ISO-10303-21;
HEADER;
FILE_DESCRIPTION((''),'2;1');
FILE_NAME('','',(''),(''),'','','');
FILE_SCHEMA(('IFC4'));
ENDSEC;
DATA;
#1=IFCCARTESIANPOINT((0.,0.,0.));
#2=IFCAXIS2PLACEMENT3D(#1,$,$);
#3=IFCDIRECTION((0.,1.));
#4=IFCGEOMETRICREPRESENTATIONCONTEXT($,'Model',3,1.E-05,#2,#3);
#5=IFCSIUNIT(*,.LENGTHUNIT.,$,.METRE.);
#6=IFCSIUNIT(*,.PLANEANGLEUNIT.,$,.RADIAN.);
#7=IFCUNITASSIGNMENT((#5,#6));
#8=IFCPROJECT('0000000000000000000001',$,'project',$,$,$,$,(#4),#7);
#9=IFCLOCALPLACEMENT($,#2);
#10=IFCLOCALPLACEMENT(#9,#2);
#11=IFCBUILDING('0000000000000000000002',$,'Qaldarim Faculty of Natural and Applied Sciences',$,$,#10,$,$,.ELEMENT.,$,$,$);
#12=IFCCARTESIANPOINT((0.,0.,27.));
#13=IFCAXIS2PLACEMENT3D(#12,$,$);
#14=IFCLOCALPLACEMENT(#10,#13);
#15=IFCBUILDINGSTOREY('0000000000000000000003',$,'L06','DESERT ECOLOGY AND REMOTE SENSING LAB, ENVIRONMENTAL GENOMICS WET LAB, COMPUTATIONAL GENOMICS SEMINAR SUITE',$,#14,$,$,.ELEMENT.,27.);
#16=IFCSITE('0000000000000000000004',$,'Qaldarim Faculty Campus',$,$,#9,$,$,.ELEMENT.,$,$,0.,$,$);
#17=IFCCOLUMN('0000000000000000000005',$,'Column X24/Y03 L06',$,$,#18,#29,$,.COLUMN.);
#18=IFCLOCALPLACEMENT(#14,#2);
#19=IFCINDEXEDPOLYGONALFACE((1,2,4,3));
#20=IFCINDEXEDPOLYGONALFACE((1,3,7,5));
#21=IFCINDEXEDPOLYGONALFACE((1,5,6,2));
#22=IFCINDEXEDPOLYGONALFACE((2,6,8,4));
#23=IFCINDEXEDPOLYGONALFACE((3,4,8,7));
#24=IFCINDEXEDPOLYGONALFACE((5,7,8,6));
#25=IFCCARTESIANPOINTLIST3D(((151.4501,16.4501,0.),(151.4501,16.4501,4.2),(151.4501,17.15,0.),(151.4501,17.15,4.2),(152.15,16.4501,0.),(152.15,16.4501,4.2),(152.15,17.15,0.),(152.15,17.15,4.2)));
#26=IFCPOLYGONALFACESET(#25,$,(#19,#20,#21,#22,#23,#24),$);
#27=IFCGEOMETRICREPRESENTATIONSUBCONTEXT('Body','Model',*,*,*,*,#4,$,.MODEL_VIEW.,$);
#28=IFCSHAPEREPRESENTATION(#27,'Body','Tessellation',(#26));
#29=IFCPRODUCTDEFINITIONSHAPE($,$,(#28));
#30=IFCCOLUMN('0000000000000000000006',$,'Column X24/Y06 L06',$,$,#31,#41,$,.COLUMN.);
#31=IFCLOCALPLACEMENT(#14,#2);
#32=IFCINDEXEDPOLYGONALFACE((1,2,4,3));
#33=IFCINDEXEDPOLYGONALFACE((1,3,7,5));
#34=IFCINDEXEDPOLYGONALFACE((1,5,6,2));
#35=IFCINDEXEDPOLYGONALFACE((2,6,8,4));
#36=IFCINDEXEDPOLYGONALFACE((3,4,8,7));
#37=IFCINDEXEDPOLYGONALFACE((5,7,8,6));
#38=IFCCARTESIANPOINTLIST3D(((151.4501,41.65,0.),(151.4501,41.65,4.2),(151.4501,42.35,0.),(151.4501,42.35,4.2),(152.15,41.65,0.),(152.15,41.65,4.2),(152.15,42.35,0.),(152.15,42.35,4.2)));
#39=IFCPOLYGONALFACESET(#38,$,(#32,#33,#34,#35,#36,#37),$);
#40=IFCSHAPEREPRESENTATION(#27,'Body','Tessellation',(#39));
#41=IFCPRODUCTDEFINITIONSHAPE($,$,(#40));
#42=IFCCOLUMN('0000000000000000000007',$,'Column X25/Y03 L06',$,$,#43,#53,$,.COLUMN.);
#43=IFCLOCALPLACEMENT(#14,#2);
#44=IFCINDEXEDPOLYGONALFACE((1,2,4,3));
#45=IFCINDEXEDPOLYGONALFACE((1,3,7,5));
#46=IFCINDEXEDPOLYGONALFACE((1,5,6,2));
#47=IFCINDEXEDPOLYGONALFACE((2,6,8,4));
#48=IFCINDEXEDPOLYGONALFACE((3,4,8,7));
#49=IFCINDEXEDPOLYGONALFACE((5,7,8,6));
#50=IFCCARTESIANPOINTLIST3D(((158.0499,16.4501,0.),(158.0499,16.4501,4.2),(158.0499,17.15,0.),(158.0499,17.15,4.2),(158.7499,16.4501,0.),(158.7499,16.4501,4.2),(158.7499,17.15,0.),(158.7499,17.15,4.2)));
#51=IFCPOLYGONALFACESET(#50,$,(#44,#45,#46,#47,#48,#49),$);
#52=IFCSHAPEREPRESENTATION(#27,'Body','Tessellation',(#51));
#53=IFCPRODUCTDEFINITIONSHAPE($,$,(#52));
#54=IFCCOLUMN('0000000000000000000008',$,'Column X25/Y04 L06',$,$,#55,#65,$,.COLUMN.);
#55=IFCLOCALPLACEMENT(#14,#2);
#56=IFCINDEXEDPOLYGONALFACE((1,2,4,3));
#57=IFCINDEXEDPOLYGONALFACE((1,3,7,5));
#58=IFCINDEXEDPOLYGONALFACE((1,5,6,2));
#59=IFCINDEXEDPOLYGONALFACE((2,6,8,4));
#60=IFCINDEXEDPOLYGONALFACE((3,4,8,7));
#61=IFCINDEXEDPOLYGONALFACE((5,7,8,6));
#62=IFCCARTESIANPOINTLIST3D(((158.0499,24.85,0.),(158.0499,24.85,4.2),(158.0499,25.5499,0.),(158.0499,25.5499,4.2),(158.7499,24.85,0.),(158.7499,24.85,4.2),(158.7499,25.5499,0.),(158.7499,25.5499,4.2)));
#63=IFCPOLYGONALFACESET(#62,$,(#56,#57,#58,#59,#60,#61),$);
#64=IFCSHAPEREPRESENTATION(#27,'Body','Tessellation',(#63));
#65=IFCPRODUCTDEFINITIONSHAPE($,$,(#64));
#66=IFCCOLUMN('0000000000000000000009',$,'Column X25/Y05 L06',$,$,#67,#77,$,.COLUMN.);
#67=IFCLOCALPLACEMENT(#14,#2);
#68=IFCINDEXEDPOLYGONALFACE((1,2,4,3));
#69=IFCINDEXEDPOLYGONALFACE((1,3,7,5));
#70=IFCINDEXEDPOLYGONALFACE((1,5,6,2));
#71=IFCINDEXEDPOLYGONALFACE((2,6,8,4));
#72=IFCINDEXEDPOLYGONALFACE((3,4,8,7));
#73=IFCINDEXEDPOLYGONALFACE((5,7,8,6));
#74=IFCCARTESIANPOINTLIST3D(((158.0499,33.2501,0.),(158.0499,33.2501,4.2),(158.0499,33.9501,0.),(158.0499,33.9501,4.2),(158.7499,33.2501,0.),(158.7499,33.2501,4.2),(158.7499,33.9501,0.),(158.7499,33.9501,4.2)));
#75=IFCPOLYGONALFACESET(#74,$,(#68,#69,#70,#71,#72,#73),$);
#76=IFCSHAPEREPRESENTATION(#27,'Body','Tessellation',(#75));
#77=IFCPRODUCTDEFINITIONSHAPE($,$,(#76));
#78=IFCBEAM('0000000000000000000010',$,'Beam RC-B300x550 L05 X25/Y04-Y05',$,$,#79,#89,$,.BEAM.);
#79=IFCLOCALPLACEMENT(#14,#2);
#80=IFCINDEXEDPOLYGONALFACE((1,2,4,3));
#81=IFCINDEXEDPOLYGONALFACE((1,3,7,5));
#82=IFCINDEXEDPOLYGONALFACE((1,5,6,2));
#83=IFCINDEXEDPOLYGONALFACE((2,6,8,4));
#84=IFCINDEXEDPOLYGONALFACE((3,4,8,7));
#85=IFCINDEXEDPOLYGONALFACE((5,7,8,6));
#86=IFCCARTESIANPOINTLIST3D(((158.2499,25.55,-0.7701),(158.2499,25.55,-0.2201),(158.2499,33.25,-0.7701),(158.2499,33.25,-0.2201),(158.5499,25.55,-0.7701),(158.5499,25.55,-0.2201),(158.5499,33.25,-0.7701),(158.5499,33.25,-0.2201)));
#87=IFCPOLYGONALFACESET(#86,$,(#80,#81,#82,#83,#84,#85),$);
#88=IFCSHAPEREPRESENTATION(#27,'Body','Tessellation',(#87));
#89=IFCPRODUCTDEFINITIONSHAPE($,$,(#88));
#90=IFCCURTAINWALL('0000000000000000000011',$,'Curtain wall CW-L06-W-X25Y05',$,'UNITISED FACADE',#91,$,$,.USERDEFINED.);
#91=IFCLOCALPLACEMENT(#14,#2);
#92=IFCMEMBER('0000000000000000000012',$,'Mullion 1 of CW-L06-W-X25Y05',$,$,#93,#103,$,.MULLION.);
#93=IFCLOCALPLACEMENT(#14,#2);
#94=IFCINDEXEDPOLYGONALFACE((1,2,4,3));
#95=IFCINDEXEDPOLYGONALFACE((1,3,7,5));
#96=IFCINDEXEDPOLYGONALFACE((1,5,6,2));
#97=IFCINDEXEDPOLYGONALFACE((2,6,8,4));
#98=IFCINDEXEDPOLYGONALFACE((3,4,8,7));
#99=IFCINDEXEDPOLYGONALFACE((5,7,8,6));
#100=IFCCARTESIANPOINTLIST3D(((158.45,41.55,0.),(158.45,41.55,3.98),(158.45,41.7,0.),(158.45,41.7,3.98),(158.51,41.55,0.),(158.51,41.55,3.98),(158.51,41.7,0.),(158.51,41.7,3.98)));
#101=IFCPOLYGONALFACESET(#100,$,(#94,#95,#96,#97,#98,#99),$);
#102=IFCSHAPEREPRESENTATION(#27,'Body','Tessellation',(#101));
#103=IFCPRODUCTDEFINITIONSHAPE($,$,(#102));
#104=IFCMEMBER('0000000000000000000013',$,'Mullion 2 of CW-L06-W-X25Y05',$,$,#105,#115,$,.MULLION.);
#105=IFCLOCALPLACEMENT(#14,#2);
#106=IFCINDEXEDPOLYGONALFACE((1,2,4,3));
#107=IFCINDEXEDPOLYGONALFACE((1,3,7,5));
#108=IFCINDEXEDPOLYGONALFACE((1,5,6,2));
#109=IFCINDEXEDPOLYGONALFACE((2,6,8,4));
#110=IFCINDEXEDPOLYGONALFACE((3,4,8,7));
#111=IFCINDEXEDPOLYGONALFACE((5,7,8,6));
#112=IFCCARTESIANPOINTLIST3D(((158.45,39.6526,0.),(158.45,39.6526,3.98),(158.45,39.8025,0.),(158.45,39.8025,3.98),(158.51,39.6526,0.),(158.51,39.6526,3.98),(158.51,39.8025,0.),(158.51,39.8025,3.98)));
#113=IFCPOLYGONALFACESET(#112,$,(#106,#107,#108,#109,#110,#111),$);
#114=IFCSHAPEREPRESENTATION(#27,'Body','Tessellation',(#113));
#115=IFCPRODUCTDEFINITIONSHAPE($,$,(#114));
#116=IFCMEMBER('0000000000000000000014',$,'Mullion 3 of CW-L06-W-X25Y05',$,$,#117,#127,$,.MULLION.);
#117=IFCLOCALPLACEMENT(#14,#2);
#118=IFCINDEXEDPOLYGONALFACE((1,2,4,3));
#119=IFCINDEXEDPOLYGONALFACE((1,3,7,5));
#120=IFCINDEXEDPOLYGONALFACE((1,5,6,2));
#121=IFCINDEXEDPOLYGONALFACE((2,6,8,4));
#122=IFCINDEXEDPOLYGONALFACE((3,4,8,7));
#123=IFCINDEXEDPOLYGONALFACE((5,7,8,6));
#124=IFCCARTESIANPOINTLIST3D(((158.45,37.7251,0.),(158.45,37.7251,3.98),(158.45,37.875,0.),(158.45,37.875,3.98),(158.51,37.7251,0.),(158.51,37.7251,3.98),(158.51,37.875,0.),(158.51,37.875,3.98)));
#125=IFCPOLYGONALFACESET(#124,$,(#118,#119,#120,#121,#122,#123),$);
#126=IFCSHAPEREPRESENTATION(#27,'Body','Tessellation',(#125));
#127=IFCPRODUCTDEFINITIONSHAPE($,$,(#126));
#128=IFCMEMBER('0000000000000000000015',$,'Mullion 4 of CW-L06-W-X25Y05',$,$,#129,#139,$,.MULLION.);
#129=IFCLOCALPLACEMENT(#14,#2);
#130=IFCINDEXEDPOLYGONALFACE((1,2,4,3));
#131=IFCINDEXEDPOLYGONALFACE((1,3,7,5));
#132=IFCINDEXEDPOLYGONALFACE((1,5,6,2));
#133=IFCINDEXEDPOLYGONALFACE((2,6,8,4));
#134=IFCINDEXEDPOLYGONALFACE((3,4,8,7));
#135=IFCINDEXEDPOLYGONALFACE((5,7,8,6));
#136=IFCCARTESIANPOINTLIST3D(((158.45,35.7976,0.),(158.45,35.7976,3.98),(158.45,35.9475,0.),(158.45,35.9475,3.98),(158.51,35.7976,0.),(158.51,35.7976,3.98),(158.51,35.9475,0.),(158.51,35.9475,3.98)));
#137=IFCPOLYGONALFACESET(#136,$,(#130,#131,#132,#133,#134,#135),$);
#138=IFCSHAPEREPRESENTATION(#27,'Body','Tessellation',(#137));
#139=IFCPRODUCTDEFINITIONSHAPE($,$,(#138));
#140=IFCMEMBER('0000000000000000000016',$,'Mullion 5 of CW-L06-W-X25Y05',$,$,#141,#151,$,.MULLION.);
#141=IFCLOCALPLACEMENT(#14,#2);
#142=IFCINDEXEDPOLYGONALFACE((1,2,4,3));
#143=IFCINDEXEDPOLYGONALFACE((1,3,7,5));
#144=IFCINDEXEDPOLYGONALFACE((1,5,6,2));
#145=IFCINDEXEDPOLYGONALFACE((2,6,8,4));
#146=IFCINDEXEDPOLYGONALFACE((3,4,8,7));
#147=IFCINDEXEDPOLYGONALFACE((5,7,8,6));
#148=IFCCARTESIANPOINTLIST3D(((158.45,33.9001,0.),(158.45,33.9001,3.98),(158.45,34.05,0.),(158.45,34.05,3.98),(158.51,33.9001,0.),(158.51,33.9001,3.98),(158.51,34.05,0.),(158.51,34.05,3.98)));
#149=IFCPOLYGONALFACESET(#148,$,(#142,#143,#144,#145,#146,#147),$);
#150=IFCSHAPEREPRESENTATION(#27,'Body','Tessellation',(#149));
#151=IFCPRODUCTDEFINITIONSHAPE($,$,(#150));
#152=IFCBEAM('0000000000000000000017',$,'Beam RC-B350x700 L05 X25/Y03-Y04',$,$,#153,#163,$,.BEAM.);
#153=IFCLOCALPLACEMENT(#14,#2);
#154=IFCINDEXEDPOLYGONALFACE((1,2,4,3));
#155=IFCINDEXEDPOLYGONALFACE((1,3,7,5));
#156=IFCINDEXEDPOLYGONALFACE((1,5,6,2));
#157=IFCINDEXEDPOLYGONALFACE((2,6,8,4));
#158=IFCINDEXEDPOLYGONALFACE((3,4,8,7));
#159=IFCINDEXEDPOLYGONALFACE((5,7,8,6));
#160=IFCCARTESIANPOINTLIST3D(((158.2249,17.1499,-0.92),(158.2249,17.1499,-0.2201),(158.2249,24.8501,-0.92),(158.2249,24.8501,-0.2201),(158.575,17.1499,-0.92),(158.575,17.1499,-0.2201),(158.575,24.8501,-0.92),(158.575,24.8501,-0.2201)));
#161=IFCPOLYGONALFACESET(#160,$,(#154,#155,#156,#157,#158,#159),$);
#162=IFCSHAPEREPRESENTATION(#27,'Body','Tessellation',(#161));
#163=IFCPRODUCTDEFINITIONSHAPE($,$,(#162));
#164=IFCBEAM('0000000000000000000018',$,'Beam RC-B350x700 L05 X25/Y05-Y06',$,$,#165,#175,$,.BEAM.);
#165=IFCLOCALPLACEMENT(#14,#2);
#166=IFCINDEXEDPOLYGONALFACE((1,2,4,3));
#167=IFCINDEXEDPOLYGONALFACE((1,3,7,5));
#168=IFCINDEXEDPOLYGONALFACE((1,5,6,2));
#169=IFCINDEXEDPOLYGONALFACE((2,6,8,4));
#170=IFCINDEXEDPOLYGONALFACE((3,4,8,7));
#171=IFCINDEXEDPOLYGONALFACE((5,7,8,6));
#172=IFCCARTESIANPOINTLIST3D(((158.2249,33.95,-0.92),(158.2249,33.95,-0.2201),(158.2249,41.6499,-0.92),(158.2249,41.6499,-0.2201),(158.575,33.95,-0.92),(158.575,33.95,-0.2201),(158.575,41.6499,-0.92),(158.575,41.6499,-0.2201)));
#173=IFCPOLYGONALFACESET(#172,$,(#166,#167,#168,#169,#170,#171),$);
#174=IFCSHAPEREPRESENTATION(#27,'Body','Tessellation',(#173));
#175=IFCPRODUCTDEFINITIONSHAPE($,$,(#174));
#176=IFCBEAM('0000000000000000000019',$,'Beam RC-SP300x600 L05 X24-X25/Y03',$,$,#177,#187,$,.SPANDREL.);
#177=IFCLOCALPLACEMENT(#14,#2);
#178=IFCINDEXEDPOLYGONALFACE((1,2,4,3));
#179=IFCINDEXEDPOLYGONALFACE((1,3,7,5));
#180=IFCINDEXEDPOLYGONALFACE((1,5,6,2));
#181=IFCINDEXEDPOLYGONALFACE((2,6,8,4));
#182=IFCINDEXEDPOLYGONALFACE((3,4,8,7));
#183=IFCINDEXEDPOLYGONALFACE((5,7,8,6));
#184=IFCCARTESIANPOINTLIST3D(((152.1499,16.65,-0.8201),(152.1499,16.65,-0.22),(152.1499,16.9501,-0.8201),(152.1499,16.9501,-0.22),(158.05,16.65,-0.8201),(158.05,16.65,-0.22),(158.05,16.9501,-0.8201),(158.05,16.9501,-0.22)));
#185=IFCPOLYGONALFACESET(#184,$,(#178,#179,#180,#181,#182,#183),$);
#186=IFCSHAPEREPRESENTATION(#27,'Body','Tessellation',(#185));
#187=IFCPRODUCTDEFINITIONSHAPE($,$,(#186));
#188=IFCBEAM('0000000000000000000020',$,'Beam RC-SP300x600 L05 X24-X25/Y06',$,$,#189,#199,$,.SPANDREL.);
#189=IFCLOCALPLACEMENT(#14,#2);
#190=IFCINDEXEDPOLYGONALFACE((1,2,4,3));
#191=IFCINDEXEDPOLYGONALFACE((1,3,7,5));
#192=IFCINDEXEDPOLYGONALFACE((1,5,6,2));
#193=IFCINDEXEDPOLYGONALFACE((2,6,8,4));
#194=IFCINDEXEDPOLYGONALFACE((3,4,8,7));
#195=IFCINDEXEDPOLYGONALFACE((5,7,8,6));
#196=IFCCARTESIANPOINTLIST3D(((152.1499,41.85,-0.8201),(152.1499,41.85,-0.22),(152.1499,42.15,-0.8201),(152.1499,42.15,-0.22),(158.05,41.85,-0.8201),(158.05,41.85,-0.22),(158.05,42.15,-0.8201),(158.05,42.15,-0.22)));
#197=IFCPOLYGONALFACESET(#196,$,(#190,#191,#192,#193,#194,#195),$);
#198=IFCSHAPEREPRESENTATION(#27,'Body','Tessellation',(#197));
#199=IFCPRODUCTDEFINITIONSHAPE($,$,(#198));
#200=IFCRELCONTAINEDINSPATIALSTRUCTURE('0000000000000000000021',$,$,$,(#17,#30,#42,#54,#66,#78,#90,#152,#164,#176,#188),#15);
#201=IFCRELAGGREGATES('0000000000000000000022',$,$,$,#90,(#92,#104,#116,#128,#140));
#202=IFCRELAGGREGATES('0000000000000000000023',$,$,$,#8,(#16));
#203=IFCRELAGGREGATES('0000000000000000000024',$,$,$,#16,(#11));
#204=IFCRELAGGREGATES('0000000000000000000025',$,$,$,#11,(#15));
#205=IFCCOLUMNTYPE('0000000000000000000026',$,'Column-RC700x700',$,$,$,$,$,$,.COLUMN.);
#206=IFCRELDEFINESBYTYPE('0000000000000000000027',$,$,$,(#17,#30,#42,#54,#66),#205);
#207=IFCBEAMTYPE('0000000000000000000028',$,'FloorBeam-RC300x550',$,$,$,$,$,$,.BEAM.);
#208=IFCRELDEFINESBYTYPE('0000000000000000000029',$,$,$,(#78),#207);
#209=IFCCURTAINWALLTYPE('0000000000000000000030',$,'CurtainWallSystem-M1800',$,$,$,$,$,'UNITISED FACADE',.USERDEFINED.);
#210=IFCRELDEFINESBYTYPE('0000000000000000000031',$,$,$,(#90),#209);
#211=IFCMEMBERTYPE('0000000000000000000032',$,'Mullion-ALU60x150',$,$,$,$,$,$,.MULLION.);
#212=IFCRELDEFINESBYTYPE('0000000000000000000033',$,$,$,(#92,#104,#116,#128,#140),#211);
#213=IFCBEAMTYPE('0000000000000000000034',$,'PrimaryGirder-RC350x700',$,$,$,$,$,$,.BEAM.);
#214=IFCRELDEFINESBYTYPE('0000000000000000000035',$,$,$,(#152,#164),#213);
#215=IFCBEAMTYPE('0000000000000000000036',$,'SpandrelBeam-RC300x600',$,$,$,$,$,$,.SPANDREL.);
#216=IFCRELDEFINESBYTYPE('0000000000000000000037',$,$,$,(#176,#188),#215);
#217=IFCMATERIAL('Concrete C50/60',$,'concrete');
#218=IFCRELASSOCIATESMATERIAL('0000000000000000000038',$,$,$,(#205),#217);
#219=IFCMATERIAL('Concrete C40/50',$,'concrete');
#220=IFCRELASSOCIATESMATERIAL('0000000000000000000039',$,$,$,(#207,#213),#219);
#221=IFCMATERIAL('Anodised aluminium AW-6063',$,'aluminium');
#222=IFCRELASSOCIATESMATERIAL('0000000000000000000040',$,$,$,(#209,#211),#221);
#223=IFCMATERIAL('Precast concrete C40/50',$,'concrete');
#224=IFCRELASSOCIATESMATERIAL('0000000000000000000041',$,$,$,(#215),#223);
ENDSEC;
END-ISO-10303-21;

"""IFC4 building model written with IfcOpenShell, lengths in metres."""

from ifc_helpers import new_model, si_unit, direction, frame, origin, origin_2d, place, context, subcontext, project, spatial, rectangle, extrude, material, material_profile, profile_set, type_object, element, aggregate, save


model = new_model("IFC4")

# Units and contexts
model_context = context("Model", 3, precision=1e-05, world=origin(), true_north=direction((0.0, 1.0)))
body_context = subcontext(model_context, "Body", "Model", "MODEL_VIEW")
ifc_project = project(units=[si_unit("LENGTHUNIT", "METRE"), si_unit("PLANEANGLEUNIT", "RADIAN")], contexts=[model_context])

# Site, building, storey
site_placement = place(None, origin())
site = spatial("IfcSite", under=ifc_project, at=site_placement, Name="Qaldarim Faculty Campus", CompositionType="ELEMENT", RefElevation=0.0)
building_placement = place(site_placement, origin())
building = spatial("IfcBuilding", under=site, at=building_placement, Name="Qaldarim Faculty of Natural and Applied Sciences", CompositionType="ELEMENT")
storey_placement = place(building_placement, frame((0.0, 0.0, 27.0)))
storey = spatial("IfcBuildingStorey", under=building, at=storey_placement, Name="L06", Description="DESERT ECOLOGY AND REMOTE SENSING LAB, ENVIRONMENTAL GENOMICS WET LAB, COMPUTATIONAL GENOMICS SEMINAR SUITE", CompositionType="ELEMENT", Elevation=27.0)

# Columns
ifc_material_1 = material(Name="Concrete C50/60", Category="concrete")
ifc_material_profile_1 = material_profile(ifc_material_1, rectangle(XDim=0.7, YDim=0.7, at=origin_2d()), Name="RC-C700x700")
ifc_profile_set_1 = profile_set([ifc_material_profile_1], Name="Concrete C50/60")
column_type = type_object("IfcColumnType", Name="Column-RC700x700", PredefinedType="COLUMN", material=ifc_profile_set_1)
for number, where, z_axis, x_axis, name in (
    (1, (151.8, 16.8, 0.0), (0.0, 0.0, 1.0), (1.0, 0.0, 0.0), "Column X24/Y03 L06"),
    (2, (151.8, 42.0, 0.0), (0.0, 0.0, 1.0), (1.0, 0.0, 0.0), "Column X24/Y06 L06"),
    (3, (158.3999, 16.8, 0.0), (0.0, 0.0, 1.0), (1.0, 0.0, 0.0), "Column X25/Y03 L06"),
    (4, (158.3999, 25.2, 0.0), (0.0, 0.0, 1.0), (1.0, 0.0, 0.0), "Column X25/Y04 L06"),
    (5, (158.3999, 33.6001, 0.0), (0.0, 0.0, 1.0), (1.0, 0.0, 0.0), "Column X25/Y05 L06"),
):
    element("IfcColumn", number, at=place(storey_placement, frame(where, z_axis=z_axis, x_axis=x_axis)), inside=storey, type_object=column_type, Name=name, PredefinedType="COLUMN", context=body_context, shape_type="SweptSolid", body=[
        extrude(rectangle(XDim=0.7, YDim=0.7, at=origin_2d()), origin(), (0.0, 0.0, 1.0), 4.2),
    ])

# Beam
ifc_material_2 = material(Name="Concrete C40/50", Category="concrete")
ifc_material_profile_2 = material_profile(ifc_material_2, rectangle(XDim=0.3, YDim=0.55, at=origin_2d()), Name="RC-B300x550")
ifc_profile_set_2 = profile_set([ifc_material_profile_2], Name="Concrete C40/50")
beam_type_1 = type_object("IfcBeamType", Name="FloorBeam-RC300x550", PredefinedType="BEAM", material=ifc_profile_set_2)
beam_1_placement = place(storey_placement, frame((158.3999, 25.55, -0.4951), z_axis=(0.0, 1.0, 0.0), x_axis=(-1.0, 0.0, 0.0)))
element("IfcBeam", 6, at=beam_1_placement, inside=storey, type_object=beam_type_1, Name="Beam RC-B300x550 L05 X25/Y04-Y05", PredefinedType="BEAM", context=body_context, shape_type="SweptSolid", body=[
    extrude(rectangle(XDim=0.3, YDim=0.55, at=origin_2d()), origin(), (0.0, 0.0, 1.0), 7.7),
])

# Curtain wall, members
ifc_material_3 = material(Name="Anodised aluminium AW-6063", Category="aluminium")
curtain_wall_type = type_object("IfcCurtainWallType", Name="CurtainWallSystem-M1800", ElementType="UNITISED FACADE", PredefinedType="USERDEFINED", material=ifc_material_3)
curtain_wall_placement = place(storey_placement, origin())
curtain_wall = element("IfcCurtainWall", 7, at=curtain_wall_placement, inside=storey, type_object=curtain_wall_type, Name="Curtain wall CW-L06-W-X25Y05", ObjectType="UNITISED FACADE", PredefinedType="USERDEFINED")
ifc_material_profile_3 = material_profile(ifc_material_3, rectangle(XDim=0.0601, YDim=0.1499, at=origin_2d()), Name="ALU-M60x150")
ifc_profile_set_3 = profile_set([ifc_material_profile_3], Name="Anodised aluminium AW-6063")
member_type_1 = type_object("IfcMemberType", Name="Mullion-ALU60x150", PredefinedType="MULLION", material=ifc_profile_set_3)
member_1_placement = place(storey_placement, frame((158.48, 41.625, 0.0), z_axis=(0.0, 0.0, 1.0), x_axis=(1.0, 0.0, 0.0)))
member_1 = element("IfcMember", 8, at=member_1_placement, type_object=member_type_1, Name="Mullion 1 of CW-L06-W-X25Y05", PredefinedType="MULLION", context=body_context, shape_type="SweptSolid", body=[
    extrude(rectangle(XDim=0.0601, YDim=0.1499, at=origin_2d()), origin(), (0.0, 0.0, 1.0), 3.98),
])
member_2_placement = place(storey_placement, frame((158.48, 39.7275, 0.0), z_axis=(0.0, 0.0, 1.0), x_axis=(1.0, 0.0, 0.0)))
member_2 = element("IfcMember", 9, at=member_2_placement, type_object=member_type_1, Name="Mullion 2 of CW-L06-W-X25Y05", PredefinedType="MULLION", context=body_context, shape_type="SweptSolid", body=[
    extrude(rectangle(XDim=0.0601, YDim=0.1499, at=origin_2d()), origin(), (0.0, 0.0, 1.0), 3.98),
])
member_3_placement = place(storey_placement, frame((158.48, 37.8, 0.0), z_axis=(0.0, 0.0, 1.0), x_axis=(1.0, 0.0, 0.0)))
member_3 = element("IfcMember", 10, at=member_3_placement, type_object=member_type_1, Name="Mullion 3 of CW-L06-W-X25Y05", PredefinedType="MULLION", context=body_context, shape_type="SweptSolid", body=[
    extrude(rectangle(XDim=0.0601, YDim=0.1499, at=origin_2d()), origin(), (0.0, 0.0, 1.0), 3.98),
])
member_4_placement = place(storey_placement, frame((158.48, 35.8726, 0.0), z_axis=(0.0, 0.0, 1.0), x_axis=(1.0, 0.0, 0.0)))
member_4 = element("IfcMember", 11, at=member_4_placement, type_object=member_type_1, Name="Mullion 4 of CW-L06-W-X25Y05", PredefinedType="MULLION", context=body_context, shape_type="SweptSolid", body=[
    extrude(rectangle(XDim=0.0601, YDim=0.1499, at=origin_2d()), origin(), (0.0, 0.0, 1.0), 3.98),
])
member_5_placement = place(storey_placement, frame((158.48, 33.9751, 0.0), z_axis=(0.0, 0.0, 1.0), x_axis=(1.0, 0.0, 0.0)))
member_5 = element("IfcMember", 12, at=member_5_placement, type_object=member_type_1, Name="Mullion 5 of CW-L06-W-X25Y05", PredefinedType="MULLION", context=body_context, shape_type="SweptSolid", body=[
    extrude(rectangle(XDim=0.0601, YDim=0.1499, at=origin_2d()), origin(), (0.0, 0.0, 1.0), 3.98),
])

# Beams
ifc_material_profile_4 = material_profile(ifc_material_2, rectangle(XDim=0.3501, YDim=0.7, at=origin_2d()), Name="RC-B350x700")
ifc_profile_set_4 = profile_set([ifc_material_profile_4], Name="Concrete C40/50")
beam_type_2 = type_object("IfcBeamType", Name="PrimaryGirder-RC350x700", PredefinedType="BEAM", material=ifc_profile_set_4)
beam_2_placement = place(storey_placement, frame((158.3999, 17.1499, -0.5701), z_axis=(0.0, 1.0, 0.0), x_axis=(-1.0, 0.0, 0.0)))
element("IfcBeam", 13, at=beam_2_placement, inside=storey, type_object=beam_type_2, Name="Beam RC-B350x700 L05 X25/Y03-Y04", PredefinedType="BEAM", context=body_context, shape_type="SweptSolid", body=[
    extrude(rectangle(XDim=0.3501, YDim=0.7, at=origin_2d()), origin(), (0.0, 0.0, 1.0), 7.7002),
])
beam_3_placement = place(storey_placement, frame((158.3999, 33.95, -0.5701), z_axis=(0.0, 1.0, 0.0), x_axis=(-1.0, 0.0, 0.0)))
element("IfcBeam", 14, at=beam_3_placement, inside=storey, type_object=beam_type_2, Name="Beam RC-B350x700 L05 X25/Y05-Y06", PredefinedType="BEAM", context=body_context, shape_type="SweptSolid", body=[
    extrude(rectangle(XDim=0.3501, YDim=0.7, at=origin_2d()), origin(), (0.0, 0.0, 1.0), 7.7),
])
ifc_material_4 = material(Name="Precast concrete C40/50", Category="concrete")
ifc_material_profile_5 = material_profile(ifc_material_4, rectangle(XDim=0.3, YDim=0.6001, at=origin_2d()), Name="RC-SP300x600")
ifc_profile_set_5 = profile_set([ifc_material_profile_5], Name="Precast concrete C40/50")
beam_type_3 = type_object("IfcBeamType", Name="SpandrelBeam-RC300x600", PredefinedType="SPANDREL", material=ifc_profile_set_5)
for number, where, z_axis, x_axis, name in (
    (15, (152.1499, 16.8, -0.52), (1.0, 0.0, 0.0), (0.0, 1.0, 0.0), "Beam RC-SP300x600 L05 X24-X25/Y03"),
    (16, (152.1499, 42.0, -0.52), (1.0, 0.0, 0.0), (0.0, 1.0, 0.0), "Beam RC-SP300x600 L05 X24-X25/Y06"),
):
    element("IfcBeam", number, at=place(storey_placement, frame(where, z_axis=z_axis, x_axis=x_axis)), inside=storey, type_object=beam_type_3, Name=name, PredefinedType="SPANDREL", context=body_context, shape_type="SweptSolid", body=[
        extrude(rectangle(XDim=0.3, YDim=0.6001, at=origin_2d()), origin(), (0.0, 0.0, 1.0), 5.9001),
    ])

aggregate(curtain_wall, [member_1, member_2, member_3, member_4, member_5])

save(model, "model.ifc")
